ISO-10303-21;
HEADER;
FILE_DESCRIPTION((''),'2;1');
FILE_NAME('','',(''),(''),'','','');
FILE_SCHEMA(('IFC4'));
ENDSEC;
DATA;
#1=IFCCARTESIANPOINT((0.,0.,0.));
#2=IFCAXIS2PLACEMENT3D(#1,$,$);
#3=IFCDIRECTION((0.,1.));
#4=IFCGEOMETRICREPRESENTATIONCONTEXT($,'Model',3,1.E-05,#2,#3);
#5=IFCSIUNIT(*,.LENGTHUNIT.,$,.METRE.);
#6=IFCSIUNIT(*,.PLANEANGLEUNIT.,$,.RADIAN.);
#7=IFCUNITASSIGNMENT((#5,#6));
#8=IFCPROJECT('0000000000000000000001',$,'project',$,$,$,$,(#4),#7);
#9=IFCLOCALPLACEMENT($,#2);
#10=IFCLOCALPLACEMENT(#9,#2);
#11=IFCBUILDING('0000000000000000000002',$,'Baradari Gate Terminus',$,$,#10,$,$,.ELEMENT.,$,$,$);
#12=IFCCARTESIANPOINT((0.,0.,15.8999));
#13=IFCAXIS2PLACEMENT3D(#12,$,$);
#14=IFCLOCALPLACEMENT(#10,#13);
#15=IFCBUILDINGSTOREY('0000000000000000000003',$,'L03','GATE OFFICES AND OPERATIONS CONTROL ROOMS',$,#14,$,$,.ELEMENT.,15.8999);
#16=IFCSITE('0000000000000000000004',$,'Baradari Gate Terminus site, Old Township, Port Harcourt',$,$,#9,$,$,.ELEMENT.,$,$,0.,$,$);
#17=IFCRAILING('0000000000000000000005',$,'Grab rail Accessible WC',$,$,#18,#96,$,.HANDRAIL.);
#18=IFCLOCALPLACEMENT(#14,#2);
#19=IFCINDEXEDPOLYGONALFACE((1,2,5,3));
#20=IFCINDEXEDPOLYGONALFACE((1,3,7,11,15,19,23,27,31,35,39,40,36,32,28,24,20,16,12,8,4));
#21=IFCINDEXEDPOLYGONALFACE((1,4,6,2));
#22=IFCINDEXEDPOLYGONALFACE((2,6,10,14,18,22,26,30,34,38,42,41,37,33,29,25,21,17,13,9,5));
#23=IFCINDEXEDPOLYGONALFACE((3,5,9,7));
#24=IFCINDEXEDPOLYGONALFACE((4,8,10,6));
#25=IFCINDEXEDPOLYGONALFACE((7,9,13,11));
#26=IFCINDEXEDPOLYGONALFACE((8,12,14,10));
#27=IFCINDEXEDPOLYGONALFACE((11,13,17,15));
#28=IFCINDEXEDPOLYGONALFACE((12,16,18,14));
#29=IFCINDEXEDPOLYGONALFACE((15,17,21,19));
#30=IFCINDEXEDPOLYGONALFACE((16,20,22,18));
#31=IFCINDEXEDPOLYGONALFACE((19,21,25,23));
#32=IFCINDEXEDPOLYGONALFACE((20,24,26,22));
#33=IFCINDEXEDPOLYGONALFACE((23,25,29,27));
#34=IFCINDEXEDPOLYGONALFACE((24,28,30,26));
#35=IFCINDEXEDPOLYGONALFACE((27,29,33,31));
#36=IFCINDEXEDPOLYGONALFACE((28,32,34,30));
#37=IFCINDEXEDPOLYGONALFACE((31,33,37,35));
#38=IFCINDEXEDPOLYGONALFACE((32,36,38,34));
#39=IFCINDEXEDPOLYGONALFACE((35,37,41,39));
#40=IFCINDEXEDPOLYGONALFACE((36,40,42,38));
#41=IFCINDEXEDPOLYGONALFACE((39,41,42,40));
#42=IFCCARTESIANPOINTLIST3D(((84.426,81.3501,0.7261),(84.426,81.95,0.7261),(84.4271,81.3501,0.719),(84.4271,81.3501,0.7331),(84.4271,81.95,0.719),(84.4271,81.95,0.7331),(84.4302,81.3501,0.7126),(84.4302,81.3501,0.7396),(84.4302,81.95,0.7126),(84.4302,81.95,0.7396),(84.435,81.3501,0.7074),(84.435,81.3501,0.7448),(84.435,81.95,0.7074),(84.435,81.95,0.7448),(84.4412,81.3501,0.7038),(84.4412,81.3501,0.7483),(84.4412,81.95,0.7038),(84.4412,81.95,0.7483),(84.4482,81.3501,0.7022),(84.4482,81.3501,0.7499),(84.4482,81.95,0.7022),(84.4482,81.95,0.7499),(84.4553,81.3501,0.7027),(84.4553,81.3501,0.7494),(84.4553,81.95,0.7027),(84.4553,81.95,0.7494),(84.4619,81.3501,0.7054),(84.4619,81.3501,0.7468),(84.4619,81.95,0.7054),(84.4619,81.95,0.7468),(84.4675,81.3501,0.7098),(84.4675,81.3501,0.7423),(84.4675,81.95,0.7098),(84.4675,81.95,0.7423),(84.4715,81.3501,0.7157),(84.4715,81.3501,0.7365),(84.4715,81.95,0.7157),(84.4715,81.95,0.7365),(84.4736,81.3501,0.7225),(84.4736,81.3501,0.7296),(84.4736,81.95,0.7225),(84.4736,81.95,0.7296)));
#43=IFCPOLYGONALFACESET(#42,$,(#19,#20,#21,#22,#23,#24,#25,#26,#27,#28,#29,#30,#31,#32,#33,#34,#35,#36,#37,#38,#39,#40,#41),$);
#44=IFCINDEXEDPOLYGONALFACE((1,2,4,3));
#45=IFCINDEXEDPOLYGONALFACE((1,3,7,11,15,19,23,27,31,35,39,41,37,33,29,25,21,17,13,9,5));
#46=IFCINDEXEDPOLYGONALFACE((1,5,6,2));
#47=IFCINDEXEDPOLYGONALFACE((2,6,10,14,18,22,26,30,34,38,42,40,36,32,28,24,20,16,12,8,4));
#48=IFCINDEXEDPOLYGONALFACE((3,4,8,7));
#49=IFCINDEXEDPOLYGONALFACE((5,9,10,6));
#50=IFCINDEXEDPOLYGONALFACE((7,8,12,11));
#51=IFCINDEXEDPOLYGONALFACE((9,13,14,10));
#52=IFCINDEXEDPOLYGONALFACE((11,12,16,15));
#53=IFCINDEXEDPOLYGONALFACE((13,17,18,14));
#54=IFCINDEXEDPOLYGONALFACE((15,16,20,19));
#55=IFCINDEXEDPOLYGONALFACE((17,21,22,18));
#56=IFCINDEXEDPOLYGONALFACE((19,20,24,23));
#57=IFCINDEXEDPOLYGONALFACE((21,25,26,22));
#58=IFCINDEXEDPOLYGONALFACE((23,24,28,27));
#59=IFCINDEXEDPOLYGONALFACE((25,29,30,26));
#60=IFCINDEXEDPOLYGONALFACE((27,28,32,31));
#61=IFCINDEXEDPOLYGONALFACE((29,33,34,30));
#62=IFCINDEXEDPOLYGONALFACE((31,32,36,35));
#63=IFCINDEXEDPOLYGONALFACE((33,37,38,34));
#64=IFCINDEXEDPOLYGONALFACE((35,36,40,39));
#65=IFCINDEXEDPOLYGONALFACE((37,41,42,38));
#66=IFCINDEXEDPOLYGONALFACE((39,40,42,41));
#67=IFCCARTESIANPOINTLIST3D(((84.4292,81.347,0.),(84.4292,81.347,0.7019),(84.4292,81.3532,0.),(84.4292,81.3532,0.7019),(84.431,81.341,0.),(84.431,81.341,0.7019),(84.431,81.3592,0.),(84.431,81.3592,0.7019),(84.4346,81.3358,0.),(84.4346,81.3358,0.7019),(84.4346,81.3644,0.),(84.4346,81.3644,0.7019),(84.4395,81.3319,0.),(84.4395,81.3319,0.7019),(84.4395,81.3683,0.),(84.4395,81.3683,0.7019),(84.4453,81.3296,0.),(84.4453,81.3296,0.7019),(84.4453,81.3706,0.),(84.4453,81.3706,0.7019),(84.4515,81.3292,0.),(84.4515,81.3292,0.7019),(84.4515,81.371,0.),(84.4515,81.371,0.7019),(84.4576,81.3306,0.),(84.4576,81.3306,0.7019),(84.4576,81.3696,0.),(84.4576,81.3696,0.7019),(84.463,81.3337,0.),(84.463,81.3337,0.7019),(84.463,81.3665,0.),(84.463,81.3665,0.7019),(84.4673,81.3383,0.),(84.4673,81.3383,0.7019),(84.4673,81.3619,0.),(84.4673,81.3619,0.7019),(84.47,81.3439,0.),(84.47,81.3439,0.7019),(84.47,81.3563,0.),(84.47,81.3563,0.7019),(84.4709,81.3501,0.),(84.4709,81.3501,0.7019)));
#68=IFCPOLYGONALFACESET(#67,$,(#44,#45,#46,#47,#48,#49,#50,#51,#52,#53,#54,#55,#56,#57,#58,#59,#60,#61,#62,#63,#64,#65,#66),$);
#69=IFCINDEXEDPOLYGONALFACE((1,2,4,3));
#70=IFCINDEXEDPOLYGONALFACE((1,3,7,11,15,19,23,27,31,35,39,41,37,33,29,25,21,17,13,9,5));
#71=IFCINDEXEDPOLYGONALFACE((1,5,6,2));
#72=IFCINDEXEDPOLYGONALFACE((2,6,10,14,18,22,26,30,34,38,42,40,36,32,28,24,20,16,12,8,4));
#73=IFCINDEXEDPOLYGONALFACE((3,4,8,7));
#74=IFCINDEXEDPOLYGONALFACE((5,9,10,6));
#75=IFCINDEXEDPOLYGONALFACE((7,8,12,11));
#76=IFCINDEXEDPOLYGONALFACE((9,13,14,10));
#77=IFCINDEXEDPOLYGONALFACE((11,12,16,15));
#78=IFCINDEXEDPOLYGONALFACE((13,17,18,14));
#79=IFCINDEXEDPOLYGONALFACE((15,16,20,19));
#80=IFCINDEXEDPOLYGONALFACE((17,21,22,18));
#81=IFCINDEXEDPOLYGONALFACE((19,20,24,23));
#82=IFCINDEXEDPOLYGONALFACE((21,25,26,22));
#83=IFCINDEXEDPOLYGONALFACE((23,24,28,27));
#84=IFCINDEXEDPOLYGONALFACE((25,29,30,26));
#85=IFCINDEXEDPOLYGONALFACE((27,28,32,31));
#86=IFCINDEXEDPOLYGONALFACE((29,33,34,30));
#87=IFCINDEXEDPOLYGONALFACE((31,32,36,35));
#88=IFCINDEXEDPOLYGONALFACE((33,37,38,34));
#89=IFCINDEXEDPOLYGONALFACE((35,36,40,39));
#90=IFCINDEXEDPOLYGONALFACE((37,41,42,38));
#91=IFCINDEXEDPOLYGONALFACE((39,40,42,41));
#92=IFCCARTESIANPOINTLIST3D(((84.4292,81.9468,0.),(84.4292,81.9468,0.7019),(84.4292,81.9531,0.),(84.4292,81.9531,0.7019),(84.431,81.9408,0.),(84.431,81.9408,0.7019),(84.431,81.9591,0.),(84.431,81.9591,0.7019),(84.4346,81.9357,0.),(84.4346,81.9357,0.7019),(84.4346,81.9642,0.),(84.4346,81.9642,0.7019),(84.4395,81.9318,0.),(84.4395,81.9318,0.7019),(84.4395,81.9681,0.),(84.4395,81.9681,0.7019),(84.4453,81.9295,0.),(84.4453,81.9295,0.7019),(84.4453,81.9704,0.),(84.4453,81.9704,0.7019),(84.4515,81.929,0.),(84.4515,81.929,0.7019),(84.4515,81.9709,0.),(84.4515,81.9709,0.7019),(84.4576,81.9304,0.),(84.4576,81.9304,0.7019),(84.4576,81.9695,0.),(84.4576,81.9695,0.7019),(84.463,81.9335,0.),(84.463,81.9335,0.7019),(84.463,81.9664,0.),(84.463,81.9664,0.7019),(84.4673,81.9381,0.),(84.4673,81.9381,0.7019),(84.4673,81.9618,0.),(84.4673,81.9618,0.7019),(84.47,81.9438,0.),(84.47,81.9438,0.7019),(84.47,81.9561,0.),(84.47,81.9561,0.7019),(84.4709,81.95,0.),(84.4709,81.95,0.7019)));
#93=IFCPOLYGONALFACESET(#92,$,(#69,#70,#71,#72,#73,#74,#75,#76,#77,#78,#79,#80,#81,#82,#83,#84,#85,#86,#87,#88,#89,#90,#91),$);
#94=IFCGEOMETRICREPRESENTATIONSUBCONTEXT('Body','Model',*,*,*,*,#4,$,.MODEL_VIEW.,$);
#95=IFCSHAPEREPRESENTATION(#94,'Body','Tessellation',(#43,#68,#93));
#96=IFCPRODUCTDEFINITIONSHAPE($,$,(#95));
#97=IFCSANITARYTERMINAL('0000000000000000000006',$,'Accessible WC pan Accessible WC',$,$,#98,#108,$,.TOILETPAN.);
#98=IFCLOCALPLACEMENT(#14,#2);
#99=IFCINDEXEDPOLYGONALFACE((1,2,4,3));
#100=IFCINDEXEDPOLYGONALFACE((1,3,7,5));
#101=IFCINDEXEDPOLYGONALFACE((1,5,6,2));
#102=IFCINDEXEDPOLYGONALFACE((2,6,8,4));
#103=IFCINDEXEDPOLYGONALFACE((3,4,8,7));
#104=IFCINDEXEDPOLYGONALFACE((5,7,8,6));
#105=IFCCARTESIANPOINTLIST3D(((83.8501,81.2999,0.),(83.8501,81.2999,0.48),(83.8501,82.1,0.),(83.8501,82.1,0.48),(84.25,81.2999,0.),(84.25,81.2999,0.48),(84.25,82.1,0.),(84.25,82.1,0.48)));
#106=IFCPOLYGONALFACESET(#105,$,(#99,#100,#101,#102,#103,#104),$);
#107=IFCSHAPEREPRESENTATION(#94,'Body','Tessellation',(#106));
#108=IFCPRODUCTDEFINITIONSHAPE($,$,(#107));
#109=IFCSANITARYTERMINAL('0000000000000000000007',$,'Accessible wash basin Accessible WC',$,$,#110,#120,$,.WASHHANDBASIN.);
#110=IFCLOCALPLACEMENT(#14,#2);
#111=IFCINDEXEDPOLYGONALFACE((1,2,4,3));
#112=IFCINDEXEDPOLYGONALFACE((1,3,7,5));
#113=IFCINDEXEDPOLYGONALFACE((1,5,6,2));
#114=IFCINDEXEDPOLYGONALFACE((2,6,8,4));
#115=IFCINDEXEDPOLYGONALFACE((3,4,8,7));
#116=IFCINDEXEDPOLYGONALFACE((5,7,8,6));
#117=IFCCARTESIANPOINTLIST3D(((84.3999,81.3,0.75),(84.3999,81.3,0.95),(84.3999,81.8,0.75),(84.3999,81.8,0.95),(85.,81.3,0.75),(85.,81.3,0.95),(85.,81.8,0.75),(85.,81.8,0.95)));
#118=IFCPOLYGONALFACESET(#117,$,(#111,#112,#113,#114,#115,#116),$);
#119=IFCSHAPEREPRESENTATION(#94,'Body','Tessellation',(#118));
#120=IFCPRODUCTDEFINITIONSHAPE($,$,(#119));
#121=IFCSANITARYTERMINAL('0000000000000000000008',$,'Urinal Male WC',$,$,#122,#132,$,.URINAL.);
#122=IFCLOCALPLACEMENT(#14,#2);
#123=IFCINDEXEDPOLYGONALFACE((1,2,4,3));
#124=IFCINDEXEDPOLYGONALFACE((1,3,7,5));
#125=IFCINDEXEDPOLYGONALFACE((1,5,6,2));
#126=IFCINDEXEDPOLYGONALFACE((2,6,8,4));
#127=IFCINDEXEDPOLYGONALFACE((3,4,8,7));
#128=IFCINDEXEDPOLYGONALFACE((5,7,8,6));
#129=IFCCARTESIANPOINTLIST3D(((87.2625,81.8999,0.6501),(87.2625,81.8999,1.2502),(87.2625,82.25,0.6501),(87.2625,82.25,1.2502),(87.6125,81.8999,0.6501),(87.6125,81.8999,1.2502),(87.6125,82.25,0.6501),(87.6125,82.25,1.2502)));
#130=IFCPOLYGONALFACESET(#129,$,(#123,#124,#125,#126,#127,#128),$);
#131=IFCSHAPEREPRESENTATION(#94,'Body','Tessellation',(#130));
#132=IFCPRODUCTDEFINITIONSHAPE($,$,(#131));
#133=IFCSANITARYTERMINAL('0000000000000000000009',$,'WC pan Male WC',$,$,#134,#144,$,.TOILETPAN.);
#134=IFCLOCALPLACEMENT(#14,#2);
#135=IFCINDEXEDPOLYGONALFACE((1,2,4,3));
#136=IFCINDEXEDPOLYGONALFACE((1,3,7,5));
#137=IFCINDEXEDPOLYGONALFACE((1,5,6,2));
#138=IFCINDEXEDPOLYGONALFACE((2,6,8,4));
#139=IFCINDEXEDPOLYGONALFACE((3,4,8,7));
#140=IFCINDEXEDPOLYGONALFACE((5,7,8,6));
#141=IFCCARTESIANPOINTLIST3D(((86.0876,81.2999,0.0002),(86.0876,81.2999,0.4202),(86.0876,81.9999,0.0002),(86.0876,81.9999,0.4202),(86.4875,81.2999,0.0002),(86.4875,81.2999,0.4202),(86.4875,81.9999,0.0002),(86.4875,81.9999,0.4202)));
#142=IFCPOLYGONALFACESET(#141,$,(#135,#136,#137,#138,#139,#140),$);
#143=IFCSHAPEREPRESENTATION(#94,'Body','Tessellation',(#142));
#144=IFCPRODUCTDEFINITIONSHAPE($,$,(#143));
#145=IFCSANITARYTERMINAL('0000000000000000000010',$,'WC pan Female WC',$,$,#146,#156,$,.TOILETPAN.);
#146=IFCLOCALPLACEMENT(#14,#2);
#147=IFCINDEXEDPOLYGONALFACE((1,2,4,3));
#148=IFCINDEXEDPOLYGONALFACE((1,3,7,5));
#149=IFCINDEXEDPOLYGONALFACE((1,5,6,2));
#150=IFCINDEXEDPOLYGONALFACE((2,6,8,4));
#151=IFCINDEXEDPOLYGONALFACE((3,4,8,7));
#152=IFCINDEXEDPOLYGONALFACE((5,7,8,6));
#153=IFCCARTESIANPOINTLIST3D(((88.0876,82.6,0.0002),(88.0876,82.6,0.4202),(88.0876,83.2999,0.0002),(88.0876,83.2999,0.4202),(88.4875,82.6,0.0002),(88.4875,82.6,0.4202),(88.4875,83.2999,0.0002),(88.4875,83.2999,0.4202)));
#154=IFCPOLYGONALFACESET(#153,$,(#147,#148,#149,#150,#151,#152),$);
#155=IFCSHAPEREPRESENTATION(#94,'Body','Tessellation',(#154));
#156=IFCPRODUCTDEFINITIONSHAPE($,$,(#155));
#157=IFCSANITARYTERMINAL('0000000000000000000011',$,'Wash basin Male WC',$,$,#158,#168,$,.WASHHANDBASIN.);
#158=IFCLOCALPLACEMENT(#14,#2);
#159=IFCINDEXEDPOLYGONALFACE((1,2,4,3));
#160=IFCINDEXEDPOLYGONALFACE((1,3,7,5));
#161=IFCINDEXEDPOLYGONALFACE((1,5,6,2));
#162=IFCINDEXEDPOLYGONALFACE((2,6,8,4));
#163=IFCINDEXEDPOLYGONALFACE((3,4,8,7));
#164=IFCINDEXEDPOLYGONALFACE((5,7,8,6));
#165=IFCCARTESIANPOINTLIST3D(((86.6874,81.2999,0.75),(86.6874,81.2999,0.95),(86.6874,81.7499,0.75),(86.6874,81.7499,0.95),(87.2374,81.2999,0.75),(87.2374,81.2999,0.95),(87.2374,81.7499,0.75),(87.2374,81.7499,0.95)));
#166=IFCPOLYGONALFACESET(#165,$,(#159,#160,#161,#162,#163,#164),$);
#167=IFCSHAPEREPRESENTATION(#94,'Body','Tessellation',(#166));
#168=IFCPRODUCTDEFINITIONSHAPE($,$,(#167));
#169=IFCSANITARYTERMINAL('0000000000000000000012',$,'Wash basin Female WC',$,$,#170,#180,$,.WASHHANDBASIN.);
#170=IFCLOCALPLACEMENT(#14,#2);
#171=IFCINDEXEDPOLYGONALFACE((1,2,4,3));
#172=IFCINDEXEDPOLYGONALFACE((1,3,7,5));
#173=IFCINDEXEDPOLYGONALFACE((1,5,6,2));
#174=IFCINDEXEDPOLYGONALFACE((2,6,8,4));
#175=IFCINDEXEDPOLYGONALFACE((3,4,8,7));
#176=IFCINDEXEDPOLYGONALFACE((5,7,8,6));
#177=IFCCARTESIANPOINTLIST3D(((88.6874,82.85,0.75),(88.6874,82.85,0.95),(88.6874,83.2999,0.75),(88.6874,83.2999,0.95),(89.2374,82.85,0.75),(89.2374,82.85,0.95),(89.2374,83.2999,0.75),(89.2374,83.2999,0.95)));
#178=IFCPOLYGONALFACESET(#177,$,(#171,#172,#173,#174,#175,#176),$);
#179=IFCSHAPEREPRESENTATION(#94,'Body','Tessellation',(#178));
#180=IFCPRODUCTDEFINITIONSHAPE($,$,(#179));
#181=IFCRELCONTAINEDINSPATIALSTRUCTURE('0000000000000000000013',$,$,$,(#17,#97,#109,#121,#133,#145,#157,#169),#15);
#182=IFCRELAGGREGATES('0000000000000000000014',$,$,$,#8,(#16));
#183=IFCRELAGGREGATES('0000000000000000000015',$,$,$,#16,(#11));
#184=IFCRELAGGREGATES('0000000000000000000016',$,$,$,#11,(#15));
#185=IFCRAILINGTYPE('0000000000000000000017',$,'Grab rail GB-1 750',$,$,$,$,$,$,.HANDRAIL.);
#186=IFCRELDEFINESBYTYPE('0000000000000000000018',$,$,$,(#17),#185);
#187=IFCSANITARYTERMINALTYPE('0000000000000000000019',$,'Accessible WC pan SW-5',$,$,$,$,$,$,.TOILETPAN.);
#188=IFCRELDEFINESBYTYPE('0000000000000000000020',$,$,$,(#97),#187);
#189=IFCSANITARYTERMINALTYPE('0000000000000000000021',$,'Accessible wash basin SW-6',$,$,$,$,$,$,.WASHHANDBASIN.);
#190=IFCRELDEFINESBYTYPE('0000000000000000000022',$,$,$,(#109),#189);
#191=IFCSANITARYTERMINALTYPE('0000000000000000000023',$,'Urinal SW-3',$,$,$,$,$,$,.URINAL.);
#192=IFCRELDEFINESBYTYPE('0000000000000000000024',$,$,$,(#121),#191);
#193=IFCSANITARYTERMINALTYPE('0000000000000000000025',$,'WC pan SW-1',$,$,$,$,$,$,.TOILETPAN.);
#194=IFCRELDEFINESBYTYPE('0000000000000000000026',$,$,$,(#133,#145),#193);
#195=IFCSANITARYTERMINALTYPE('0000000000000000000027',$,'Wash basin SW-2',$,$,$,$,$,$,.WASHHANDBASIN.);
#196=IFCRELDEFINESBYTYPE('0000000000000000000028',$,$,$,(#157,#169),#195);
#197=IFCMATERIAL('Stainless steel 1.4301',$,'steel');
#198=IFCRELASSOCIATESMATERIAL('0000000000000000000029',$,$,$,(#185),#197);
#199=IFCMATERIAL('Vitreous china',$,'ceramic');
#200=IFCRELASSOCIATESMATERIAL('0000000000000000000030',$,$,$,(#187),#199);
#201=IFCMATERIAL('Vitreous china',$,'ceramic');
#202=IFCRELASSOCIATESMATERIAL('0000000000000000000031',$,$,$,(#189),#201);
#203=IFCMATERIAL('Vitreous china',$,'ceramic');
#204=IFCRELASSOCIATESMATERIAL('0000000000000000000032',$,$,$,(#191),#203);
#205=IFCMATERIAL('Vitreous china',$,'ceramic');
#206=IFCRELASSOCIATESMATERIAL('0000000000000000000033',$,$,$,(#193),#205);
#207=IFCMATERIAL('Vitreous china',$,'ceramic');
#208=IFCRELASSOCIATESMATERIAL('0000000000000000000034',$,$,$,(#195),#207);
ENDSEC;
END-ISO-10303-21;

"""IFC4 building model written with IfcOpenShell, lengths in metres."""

from ifc_helpers import new_model, si_unit, direction, frame, origin, origin_2d, place, context, subcontext, project, spatial, rectangle, circle, extrude, material, type_object, element, save


model = new_model("IFC4")

# Units and contexts
model_context = context("Model", 3, precision=1e-05, world=origin(), true_north=direction((0.0, 1.0)))
body_context = subcontext(model_context, "Body", "Model", "MODEL_VIEW")
ifc_project = project(units=[si_unit("LENGTHUNIT", "METRE"), si_unit("PLANEANGLEUNIT", "RADIAN")], contexts=[model_context])

# Site, building, storey
site_placement = place(None, origin())
site = spatial("IfcSite", under=ifc_project, at=site_placement, Name="Baradari Gate Terminus site, Old Township, Port Harcourt", CompositionType="ELEMENT", RefElevation=0.0)
building_placement = place(site_placement, origin())
building = spatial("IfcBuilding", under=site, at=building_placement, Name="Baradari Gate Terminus", CompositionType="ELEMENT")
storey_placement = place(building_placement, frame((0.0, 0.0, 15.8999)))
storey = spatial("IfcBuildingStorey", under=building, at=storey_placement, Name="L03", Description="GATE OFFICES AND OPERATIONS CONTROL ROOMS", CompositionType="ELEMENT", Elevation=15.8999)

# Railing
ifc_material_1 = material(Name="Stainless steel 1.4301", Category="steel")
railing_type = type_object("IfcRailingType", Name="Grab rail GB-1 750", PredefinedType="HANDRAIL", material=ifc_material_1)
for number, where, name in (
    (1, (84.45, 81.3501, 0.0), "Grab rail Accessible WC"),
):
    element("IfcRailing", number, at=place(storey_placement, frame(where)), inside=storey, type_object=railing_type, Name=name, PredefinedType="HANDRAIL", context=body_context, shape_type="SweptSolid", body=[
        extrude(circle(Radius=0.0239, at=origin_2d()), frame((0.0, 0.0, 0.7261), z_axis=(0.0, 1.0, 0.0), x_axis=(-1.0, 0.0, 0.0)), (0.0, 0.0, 1.0), 0.5999),
        extrude(circle(Radius=0.021, at=origin_2d()), origin(), (0.0, 0.0, 1.0), 0.7019),
        extrude(circle(Radius=0.021, at=origin_2d()), frame((0.0, 0.5999, 0.0)), (0.0, 0.0, 1.0), 0.7019),
    ])

# Sanitary terminals
ifc_material_2 = material(Name="Vitreous china", Category="ceramic")
sanitary_terminal_type_1 = type_object("IfcSanitaryTerminalType", Name="Accessible WC pan SW-5", PredefinedType="TOILETPAN", material=ifc_material_2)
sanitary_terminal_1_placement = place(storey_placement, frame((84.05, 81.7, 0.0), z_axis=(0.0, 0.0, 1.0), x_axis=(1.0, 0.0, 0.0)))
element("IfcSanitaryTerminal", 2, at=sanitary_terminal_1_placement, inside=storey, type_object=sanitary_terminal_type_1, Name="Accessible WC pan Accessible WC", PredefinedType="TOILETPAN", context=body_context, shape_type="SweptSolid", body=[
    extrude(rectangle(XDim=0.3999, YDim=0.8, at=origin_2d()), origin(), (0.0, 0.0, 1.0), 0.48),
])
ifc_material_3 = material(Name="Vitreous china", Category="ceramic")
sanitary_terminal_type_2 = type_object("IfcSanitaryTerminalType", Name="Accessible wash basin SW-6", PredefinedType="WASHHANDBASIN", material=ifc_material_3)
sanitary_terminal_2_placement = place(storey_placement, frame((84.7, 81.55, 0.75), z_axis=(0.0, 0.0, 1.0), x_axis=(1.0, 0.0, 0.0)))
element("IfcSanitaryTerminal", 3, at=sanitary_terminal_2_placement, inside=storey, type_object=sanitary_terminal_type_2, Name="Accessible wash basin Accessible WC", PredefinedType="WASHHANDBASIN", context=body_context, shape_type="SweptSolid", body=[
    extrude(rectangle(XDim=0.6001, YDim=0.5, at=origin_2d()), origin(), (0.0, 0.0, 1.0), 0.2),
])
ifc_material_4 = material(Name="Vitreous china", Category="ceramic")
sanitary_terminal_type_3 = type_object("IfcSanitaryTerminalType", Name="Urinal SW-3", PredefinedType="URINAL", material=ifc_material_4)
sanitary_terminal_3_placement = place(storey_placement, frame((87.4375, 82.075, 0.6501), z_axis=(0.0, 0.0, 1.0), x_axis=(1.0, 0.0, 0.0)))
element("IfcSanitaryTerminal", 4, at=sanitary_terminal_3_placement, inside=storey, type_object=sanitary_terminal_type_3, Name="Urinal Male WC", PredefinedType="URINAL", context=body_context, shape_type="SweptSolid", body=[
    extrude(rectangle(XDim=0.3501, YDim=0.3501, at=origin_2d()), origin(), (0.0, 0.0, 1.0), 0.6001),
])
ifc_material_5 = material(Name="Vitreous china", Category="ceramic")
sanitary_terminal_type_4 = type_object("IfcSanitaryTerminalType", Name="WC pan SW-1", PredefinedType="TOILETPAN", material=ifc_material_5)
for number, where, z_axis, x_axis, name in (
    (5, (86.2876, 81.6499, 0.0002), (0.0, 0.0, 1.0), (1.0, 0.0, 0.0), "WC pan Male WC"),
    (6, (88.2876, 82.95, 0.0002), (0.0, 0.0, 1.0), (1.0, 0.0, 0.0), "WC pan Female WC"),
):
    element("IfcSanitaryTerminal", number, at=place(storey_placement, frame(where, z_axis=z_axis, x_axis=x_axis)), inside=storey, type_object=sanitary_terminal_type_4, Name=name, PredefinedType="TOILETPAN", context=body_context, shape_type="SweptSolid", body=[
        extrude(rectangle(XDim=0.3999, YDim=0.7, at=origin_2d()), origin(), (0.0, 0.0, 1.0), 0.4199),
    ])
ifc_material_6 = material(Name="Vitreous china", Category="ceramic")
sanitary_terminal_type_5 = type_object("IfcSanitaryTerminalType", Name="Wash basin SW-2", PredefinedType="WASHHANDBASIN", material=ifc_material_6)
for number, where, z_axis, x_axis, name in (
    (7, (86.9624, 81.5249, 0.75), (0.0, 0.0, 1.0), (1.0, 0.0, 0.0), "Wash basin Male WC"),
    (8, (88.9624, 83.075, 0.75), (0.0, 0.0, 1.0), (1.0, 0.0, 0.0), "Wash basin Female WC"),
):
    element("IfcSanitaryTerminal", number, at=place(storey_placement, frame(where, z_axis=z_axis, x_axis=x_axis)), inside=storey, type_object=sanitary_terminal_type_5, Name=name, PredefinedType="WASHHANDBASIN", context=body_context, shape_type="SweptSolid", body=[
        extrude(rectangle(XDim=0.55, YDim=0.45, at=origin_2d()), origin(), (0.0, 0.0, 1.0), 0.2),
    ])

save(model, "model.ifc")
